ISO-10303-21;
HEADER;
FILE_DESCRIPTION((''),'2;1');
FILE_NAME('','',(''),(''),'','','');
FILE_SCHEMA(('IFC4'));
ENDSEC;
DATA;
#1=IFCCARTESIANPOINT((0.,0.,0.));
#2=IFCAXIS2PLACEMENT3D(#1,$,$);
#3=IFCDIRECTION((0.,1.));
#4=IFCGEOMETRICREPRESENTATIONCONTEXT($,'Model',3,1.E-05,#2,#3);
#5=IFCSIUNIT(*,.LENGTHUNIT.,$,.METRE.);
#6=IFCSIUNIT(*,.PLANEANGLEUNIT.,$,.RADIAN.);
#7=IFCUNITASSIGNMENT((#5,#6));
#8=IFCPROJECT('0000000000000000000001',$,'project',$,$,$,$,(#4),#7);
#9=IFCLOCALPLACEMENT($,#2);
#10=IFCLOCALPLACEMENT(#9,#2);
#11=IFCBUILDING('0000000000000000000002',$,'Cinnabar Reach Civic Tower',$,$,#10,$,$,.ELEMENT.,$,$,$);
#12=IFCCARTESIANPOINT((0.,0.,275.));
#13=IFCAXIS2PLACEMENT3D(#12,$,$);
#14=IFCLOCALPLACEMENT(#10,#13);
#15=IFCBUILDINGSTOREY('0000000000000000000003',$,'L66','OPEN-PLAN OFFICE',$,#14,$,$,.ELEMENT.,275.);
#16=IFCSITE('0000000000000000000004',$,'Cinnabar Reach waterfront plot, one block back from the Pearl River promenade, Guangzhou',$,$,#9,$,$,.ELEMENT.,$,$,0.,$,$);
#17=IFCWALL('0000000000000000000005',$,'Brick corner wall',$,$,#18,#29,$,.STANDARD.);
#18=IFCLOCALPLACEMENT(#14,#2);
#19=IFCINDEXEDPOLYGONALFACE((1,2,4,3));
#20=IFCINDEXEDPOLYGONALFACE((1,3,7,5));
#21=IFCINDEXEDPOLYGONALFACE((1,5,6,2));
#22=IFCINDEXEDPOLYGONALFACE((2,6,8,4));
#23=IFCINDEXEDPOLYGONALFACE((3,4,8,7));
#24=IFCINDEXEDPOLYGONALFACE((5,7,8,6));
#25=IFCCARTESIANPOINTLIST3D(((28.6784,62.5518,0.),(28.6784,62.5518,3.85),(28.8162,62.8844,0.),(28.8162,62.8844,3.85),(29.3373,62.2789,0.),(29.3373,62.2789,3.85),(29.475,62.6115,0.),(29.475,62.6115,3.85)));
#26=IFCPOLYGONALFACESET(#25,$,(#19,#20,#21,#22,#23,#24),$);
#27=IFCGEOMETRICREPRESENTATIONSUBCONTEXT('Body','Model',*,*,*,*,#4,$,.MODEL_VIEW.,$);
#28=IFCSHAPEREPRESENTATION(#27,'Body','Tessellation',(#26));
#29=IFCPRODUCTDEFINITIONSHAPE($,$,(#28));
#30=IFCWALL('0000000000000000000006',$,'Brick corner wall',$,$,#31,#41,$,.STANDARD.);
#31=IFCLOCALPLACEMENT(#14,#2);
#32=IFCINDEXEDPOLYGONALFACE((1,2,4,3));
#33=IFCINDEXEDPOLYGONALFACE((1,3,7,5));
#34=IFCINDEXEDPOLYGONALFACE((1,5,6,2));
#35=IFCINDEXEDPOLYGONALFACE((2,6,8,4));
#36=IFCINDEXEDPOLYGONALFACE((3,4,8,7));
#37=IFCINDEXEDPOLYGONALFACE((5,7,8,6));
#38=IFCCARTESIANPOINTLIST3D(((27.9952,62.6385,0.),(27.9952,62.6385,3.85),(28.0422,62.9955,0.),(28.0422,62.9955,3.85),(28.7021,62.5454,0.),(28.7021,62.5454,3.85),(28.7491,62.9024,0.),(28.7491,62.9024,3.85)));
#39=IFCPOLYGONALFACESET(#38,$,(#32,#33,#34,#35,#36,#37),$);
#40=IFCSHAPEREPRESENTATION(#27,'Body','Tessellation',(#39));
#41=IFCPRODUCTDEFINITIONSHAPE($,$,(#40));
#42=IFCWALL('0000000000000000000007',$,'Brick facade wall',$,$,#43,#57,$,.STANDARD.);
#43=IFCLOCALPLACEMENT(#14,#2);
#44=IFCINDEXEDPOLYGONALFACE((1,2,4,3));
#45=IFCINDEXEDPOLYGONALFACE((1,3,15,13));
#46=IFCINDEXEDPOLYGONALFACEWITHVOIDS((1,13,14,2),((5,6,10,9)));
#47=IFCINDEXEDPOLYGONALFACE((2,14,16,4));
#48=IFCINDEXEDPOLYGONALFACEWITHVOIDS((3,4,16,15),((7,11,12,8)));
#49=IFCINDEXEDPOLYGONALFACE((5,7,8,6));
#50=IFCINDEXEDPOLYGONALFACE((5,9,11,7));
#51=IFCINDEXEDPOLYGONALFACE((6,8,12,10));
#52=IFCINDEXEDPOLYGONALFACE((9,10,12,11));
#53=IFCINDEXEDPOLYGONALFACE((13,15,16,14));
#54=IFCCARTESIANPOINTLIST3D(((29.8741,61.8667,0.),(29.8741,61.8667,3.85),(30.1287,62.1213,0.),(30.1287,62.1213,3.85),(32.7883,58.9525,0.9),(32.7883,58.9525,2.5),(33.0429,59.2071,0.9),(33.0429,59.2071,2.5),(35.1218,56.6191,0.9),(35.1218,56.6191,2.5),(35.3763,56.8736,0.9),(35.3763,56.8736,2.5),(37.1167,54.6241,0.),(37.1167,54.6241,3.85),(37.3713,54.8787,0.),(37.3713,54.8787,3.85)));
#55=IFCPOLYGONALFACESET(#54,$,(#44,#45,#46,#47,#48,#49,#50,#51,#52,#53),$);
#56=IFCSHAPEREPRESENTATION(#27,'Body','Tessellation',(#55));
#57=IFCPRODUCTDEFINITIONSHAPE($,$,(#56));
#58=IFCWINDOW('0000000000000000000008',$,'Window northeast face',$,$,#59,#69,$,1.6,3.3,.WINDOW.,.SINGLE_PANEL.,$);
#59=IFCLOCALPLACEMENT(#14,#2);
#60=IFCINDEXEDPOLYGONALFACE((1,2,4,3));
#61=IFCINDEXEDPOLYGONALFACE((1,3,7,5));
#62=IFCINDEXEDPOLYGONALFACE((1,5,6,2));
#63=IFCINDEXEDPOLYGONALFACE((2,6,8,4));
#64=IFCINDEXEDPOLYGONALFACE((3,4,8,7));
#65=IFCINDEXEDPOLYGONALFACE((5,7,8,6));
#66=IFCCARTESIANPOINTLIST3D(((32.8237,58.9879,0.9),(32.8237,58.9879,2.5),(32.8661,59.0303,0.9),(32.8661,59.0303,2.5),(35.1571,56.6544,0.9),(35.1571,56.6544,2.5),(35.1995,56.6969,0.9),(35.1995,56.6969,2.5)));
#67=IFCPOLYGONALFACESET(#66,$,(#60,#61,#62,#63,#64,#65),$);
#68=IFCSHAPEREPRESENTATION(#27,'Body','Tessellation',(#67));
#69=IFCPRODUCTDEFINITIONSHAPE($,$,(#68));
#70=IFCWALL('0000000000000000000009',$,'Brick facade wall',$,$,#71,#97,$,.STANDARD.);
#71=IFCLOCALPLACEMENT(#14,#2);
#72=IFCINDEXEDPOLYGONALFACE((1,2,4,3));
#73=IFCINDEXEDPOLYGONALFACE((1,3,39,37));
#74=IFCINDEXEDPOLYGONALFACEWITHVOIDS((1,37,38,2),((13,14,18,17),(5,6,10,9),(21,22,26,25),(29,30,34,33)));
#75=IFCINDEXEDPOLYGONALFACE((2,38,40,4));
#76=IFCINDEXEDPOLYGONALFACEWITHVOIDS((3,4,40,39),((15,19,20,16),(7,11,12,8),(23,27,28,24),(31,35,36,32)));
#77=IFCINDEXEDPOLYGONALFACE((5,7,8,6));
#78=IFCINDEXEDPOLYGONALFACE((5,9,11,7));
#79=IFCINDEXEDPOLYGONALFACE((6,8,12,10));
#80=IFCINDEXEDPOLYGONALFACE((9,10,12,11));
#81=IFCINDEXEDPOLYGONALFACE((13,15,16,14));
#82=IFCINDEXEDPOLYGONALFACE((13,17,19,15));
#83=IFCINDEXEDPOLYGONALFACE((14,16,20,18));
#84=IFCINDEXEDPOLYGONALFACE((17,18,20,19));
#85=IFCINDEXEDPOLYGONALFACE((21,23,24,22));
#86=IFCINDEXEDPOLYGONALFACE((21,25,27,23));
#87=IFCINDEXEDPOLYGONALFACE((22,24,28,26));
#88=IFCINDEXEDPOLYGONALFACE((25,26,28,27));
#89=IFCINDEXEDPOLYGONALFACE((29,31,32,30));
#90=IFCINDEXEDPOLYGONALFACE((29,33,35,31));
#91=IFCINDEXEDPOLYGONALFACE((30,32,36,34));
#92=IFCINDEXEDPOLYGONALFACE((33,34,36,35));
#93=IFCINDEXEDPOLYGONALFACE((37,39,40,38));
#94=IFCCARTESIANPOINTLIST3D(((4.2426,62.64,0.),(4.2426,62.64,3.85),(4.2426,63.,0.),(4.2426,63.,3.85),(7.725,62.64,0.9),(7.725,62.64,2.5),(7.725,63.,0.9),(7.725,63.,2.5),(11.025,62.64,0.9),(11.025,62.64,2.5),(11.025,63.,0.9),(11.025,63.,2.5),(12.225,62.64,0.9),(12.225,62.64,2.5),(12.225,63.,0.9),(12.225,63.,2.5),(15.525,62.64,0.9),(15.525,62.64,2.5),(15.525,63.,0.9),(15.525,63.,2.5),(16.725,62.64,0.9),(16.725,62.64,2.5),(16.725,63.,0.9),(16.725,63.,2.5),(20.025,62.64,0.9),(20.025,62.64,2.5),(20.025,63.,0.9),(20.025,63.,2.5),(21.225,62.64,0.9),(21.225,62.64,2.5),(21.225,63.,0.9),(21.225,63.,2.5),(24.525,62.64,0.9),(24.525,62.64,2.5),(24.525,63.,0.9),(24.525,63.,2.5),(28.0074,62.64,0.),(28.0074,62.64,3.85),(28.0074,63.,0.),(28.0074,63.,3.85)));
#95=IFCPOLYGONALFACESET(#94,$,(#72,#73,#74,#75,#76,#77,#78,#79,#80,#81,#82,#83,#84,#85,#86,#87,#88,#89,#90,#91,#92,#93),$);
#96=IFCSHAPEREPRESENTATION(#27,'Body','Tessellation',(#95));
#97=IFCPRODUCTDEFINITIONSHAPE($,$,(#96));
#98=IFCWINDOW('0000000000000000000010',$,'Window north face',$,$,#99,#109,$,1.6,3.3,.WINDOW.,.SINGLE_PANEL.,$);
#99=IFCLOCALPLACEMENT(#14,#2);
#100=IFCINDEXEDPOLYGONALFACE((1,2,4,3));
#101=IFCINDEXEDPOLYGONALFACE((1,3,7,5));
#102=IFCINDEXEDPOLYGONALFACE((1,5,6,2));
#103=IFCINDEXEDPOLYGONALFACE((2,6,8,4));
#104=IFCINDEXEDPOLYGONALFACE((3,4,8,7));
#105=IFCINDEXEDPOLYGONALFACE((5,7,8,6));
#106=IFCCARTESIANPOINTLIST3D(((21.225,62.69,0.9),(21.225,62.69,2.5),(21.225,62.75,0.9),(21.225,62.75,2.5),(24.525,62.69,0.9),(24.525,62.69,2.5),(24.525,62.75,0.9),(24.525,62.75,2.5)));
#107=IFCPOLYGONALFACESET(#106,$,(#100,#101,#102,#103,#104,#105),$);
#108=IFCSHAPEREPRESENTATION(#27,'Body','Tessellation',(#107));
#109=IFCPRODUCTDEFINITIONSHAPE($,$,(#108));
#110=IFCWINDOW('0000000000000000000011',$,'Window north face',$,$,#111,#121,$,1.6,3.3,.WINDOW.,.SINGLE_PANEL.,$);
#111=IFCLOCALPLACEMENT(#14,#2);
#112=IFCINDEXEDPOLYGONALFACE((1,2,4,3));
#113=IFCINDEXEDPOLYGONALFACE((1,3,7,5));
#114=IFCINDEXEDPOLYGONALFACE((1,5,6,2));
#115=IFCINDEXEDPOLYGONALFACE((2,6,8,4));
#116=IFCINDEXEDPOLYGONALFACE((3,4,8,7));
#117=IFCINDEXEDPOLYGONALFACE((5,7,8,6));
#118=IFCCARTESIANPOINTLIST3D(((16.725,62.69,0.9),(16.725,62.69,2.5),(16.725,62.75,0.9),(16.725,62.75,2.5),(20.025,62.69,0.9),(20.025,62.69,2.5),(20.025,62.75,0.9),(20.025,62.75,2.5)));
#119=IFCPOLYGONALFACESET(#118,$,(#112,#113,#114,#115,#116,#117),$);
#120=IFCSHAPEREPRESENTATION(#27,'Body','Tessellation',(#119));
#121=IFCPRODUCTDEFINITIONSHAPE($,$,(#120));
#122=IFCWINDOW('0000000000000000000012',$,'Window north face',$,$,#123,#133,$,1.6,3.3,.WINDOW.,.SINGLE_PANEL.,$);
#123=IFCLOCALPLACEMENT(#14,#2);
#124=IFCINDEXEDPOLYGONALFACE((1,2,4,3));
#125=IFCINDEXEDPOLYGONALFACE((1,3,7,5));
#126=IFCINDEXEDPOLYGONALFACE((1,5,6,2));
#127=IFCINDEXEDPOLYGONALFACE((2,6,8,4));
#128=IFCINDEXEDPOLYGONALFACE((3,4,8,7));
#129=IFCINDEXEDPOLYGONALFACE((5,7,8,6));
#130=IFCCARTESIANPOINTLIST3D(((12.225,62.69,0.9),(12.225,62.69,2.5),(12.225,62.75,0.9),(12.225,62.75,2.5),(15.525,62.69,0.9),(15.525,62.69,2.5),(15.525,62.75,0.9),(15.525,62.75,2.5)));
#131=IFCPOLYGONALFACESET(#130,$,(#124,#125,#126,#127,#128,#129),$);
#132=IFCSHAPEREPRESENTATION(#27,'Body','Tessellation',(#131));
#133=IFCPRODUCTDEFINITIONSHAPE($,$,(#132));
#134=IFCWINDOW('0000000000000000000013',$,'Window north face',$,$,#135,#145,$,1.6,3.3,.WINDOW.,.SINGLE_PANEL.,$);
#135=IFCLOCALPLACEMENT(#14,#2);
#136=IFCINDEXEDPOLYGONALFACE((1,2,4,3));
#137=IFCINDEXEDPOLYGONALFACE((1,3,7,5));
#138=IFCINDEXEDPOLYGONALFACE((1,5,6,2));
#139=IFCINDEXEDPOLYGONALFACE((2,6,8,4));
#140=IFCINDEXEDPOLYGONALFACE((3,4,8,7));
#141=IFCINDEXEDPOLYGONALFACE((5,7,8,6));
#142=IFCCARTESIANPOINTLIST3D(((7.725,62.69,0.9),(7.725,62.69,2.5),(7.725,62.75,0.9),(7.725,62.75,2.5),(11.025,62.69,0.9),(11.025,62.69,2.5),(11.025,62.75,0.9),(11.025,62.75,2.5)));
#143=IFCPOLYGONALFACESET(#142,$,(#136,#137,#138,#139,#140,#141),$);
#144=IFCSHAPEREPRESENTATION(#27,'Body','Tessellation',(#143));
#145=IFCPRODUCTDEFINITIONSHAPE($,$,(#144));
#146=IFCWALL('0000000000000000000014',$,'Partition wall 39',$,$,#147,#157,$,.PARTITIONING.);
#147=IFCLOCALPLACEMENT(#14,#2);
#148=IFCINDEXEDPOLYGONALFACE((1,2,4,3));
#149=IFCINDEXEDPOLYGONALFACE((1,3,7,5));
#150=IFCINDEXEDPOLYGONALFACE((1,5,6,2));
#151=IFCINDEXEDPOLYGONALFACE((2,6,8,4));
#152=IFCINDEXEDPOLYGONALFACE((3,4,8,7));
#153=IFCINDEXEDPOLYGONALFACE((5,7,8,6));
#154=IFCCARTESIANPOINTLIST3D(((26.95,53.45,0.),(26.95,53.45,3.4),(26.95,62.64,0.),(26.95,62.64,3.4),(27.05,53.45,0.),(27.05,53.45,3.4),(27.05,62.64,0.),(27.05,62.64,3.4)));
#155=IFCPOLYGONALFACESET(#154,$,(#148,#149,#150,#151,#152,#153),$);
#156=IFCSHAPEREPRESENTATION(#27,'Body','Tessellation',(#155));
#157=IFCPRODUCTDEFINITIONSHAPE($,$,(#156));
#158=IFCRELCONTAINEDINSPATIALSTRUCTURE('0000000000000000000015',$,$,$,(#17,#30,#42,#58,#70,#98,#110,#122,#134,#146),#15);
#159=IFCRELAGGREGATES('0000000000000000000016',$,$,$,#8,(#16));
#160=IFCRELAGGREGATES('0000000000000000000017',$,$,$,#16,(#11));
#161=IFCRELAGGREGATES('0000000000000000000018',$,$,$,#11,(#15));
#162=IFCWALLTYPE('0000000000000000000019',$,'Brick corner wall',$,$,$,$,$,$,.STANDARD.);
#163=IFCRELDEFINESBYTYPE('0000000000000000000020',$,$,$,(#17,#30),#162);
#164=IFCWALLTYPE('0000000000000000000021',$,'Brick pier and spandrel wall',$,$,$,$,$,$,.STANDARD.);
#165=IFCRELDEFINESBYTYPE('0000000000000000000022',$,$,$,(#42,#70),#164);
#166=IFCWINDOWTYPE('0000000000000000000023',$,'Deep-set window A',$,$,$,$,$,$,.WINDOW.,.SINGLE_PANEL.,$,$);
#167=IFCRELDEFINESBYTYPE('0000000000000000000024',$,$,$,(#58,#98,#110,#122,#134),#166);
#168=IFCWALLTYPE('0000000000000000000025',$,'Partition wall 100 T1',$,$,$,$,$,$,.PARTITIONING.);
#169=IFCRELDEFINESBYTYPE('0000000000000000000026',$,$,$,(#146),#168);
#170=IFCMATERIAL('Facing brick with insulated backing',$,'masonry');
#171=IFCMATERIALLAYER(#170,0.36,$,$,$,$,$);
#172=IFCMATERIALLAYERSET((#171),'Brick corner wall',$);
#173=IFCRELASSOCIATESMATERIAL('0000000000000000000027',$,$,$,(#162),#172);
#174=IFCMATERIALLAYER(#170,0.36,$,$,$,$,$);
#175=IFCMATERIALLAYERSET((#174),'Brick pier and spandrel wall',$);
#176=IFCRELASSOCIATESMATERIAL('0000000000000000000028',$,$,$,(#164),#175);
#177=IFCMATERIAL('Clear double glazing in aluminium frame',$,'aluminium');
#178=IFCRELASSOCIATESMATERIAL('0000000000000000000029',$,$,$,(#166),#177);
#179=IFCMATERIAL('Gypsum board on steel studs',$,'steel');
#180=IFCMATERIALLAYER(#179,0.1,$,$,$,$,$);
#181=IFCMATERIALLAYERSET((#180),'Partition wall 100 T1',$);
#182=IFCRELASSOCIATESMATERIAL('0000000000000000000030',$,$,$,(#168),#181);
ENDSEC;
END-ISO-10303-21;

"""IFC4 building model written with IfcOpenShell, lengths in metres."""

from ifc_helpers import new_model, si_unit, direction, frame, frame_2d, origin, place, context, subcontext, project, spatial, rectangle, extrude, material, layer, layer_set, type_object, element, fill, save


model = new_model("IFC4")

# Units and contexts
model_context = context("Model", 3, precision=1e-05, world=origin(), true_north=direction((0.0, 1.0)))
body_context = subcontext(model_context, "Body", "Model", "MODEL_VIEW")
ifc_project = project(units=[si_unit("LENGTHUNIT", "METRE"), si_unit("PLANEANGLEUNIT", "RADIAN")], contexts=[model_context])

# Site, building, storey
site_placement = place(None, origin())
site = spatial("IfcSite", under=ifc_project, at=site_placement, Name="Cinnabar Reach waterfront plot, one block back from the Pearl River promenade, Guangzhou", CompositionType="ELEMENT", RefElevation=0.0)
building_placement = place(site_placement, origin())
building = spatial("IfcBuilding", under=site, at=building_placement, Name="Cinnabar Reach Civic Tower", CompositionType="ELEMENT")
storey_placement = place(building_placement, frame((0.0, 0.0, 275.0)))
storey = spatial("IfcBuildingStorey", under=building, at=storey_placement, Name="L66", Description="OPEN-PLAN OFFICE", CompositionType="ELEMENT", Elevation=275.0)

# Walls
ifc_material_1 = material(Name="Facing brick with insulated backing", Category="masonry")
ifc_layer_1 = layer(ifc_material_1, 0.36)
ifc_layer_set_1 = layer_set([ifc_layer_1], Name="Brick corner wall")
wall_type_1 = type_object("IfcWallType", Name="Brick corner wall", PredefinedType="STANDARD", material=ifc_layer_set_1)
for number, where, z_axis, x_axis, name in (
    (1, (29.4061, 62.4452, 0.0), (0.0, 0.0, 1.0), (-0.923872, 0.382703, 0.0), "Brick corner wall"),
    (2, (28.7256, 62.7239, 0.0), (0.0, 0.0, 1.0), (-0.991441, 0.130556, 0.0), "Brick corner wall"),
):
    element("IfcWall", number, at=place(storey_placement, frame(where, z_axis=z_axis, x_axis=x_axis)), inside=storey, type_object=wall_type_1, Name=name, PredefinedType="STANDARD", context=body_context, shape_type="SweptSolid", body=[
        extrude(rectangle(XDim=0.7131, YDim=0.36, at=frame_2d((0.3565, 0.0))), origin(), (0.0, 0.0, 1.0), 3.85),
    ])

# Wall, opening, window
ifc_layer_2 = layer(ifc_material_1, 0.36)
ifc_layer_set_2 = layer_set([ifc_layer_2], Name="Brick pier and spandrel wall")
wall_type_2 = type_object("IfcWallType", Name="Brick pier and spandrel wall", PredefinedType="STANDARD", material=ifc_layer_set_2)
wall_1_placement = place(storey_placement, frame((37.244, 54.7514, 0.0), z_axis=(0.0, 0.0, 1.0), x_axis=(-0.707107, 0.707107, 0.0)))
wall_1 = element("IfcWall", 3, at=wall_1_placement, inside=storey, type_object=wall_type_2, Name="Brick facade wall", PredefinedType="STANDARD", context=body_context, shape_type="SweptSolid", body=[
    extrude(rectangle(XDim=10.2426, YDim=0.36, at=frame_2d((5.1213, 0.0))), origin(), (0.0, 0.0, 1.0), 3.85),
])
opening_1_placement = place(wall_1_placement, frame((2.8213, 0.0, 0.9)))
opening_1 = element("IfcOpeningElement", 4, at=opening_1_placement, cuts=wall_1, PredefinedType="OPENING", context=body_context, shape_type="SweptSolid", body=[
    extrude(rectangle(XDim=3.3, YDim=1.6, at=frame_2d((1.65, 0.8))), frame((0.0, 0.19, 0.0), z_axis=(0.0, -1.0, 0.0), x_axis=(1.0, 0.0, 0.0)), (0.0, 0.0, 1.0), 0.38),
])
ifc_material_2 = material(Name="Clear double glazing in aluminium frame", Category="aluminium")
window_type = type_object("IfcWindowType", Name="Deep-set window A", PartitioningType="SINGLE_PANEL", PredefinedType="WINDOW", material=ifc_material_2)
window_1_placement = place(opening_1_placement, origin())
window_1 = element("IfcWindow", 5, at=window_1_placement, inside=storey, type_object=window_type, Name="Window northeast face", OverallHeight=1.6, OverallWidth=3.3, PartitioningType="SINGLE_PANEL", PredefinedType="WINDOW", context=body_context, shape_type="SweptSolid", body=[
    extrude(rectangle(XDim=3.3, YDim=1.6, at=frame_2d((1.65, 0.8))), frame((0.0, 0.13, 0.0), z_axis=(0.0, -1.0, 0.0), x_axis=(1.0, 0.0, 0.0)), (0.0, 0.0, 1.0), 0.06),
])
fill(opening_1, window_1)

# Wall, openings, windows
wall_2_placement = place(storey_placement, frame((28.0074, 62.82, 0.0), z_axis=(0.0, 0.0, 1.0), x_axis=(-1.0, 0.0, 0.0)))
wall_2 = element("IfcWall", 6, at=wall_2_placement, inside=storey, type_object=wall_type_2, Name="Brick facade wall", PredefinedType="STANDARD", context=body_context, shape_type="SweptSolid", body=[
    extrude(rectangle(XDim=23.7648, YDim=0.36, at=frame_2d((11.8824, 0.0))), origin(), (0.0, 0.0, 1.0), 3.85),
])
opening_2_placement = place(wall_2_placement, frame((3.4824, 0.0, 0.9)))
opening_2 = element("IfcOpeningElement", 7, at=opening_2_placement, cuts=wall_2, PredefinedType="OPENING", context=body_context, shape_type="SweptSolid", body=[
    extrude(rectangle(XDim=3.3, YDim=1.6, at=frame_2d((1.65, 0.8))), frame((0.0, 0.19, 0.0), z_axis=(0.0, -1.0, 0.0), x_axis=(1.0, 0.0, 0.0)), (0.0, 0.0, 1.0), 0.38),
])
opening_3_placement = place(wall_2_placement, frame((7.9824, 0.0, 0.9)))
opening_3 = element("IfcOpeningElement", 8, at=opening_3_placement, cuts=wall_2, PredefinedType="OPENING", context=body_context, shape_type="SweptSolid", body=[
    extrude(rectangle(XDim=3.3, YDim=1.6, at=frame_2d((1.65, 0.8))), frame((0.0, 0.19, 0.0), z_axis=(0.0, -1.0, 0.0), x_axis=(1.0, 0.0, 0.0)), (0.0, 0.0, 1.0), 0.38),
])
opening_4_placement = place(wall_2_placement, frame((12.4824, 0.0, 0.9)))
opening_4 = element("IfcOpeningElement", 9, at=opening_4_placement, cuts=wall_2, PredefinedType="OPENING", context=body_context, shape_type="SweptSolid", body=[
    extrude(rectangle(XDim=3.3, YDim=1.6, at=frame_2d((1.65, 0.8))), frame((0.0, 0.19, 0.0), z_axis=(0.0, -1.0, 0.0), x_axis=(1.0, 0.0, 0.0)), (0.0, 0.0, 1.0), 0.38),
])
opening_5_placement = place(wall_2_placement, frame((16.9824, 0.0, 0.9)))
opening_5 = element("IfcOpeningElement", 10, at=opening_5_placement, cuts=wall_2, PredefinedType="OPENING", context=body_context, shape_type="SweptSolid", body=[
    extrude(rectangle(XDim=3.3, YDim=1.6, at=frame_2d((1.65, 0.8))), frame((0.0, 0.19, 0.0), z_axis=(0.0, -1.0, 0.0), x_axis=(1.0, 0.0, 0.0)), (0.0, 0.0, 1.0), 0.38),
])
window_2_placement = place(opening_2_placement, origin())
window_2 = element("IfcWindow", 11, at=window_2_placement, inside=storey, type_object=window_type, Name="Window north face", OverallHeight=1.6, OverallWidth=3.3, PartitioningType="SINGLE_PANEL", PredefinedType="WINDOW", context=body_context, shape_type="SweptSolid", body=[
    extrude(rectangle(XDim=3.3, YDim=1.6, at=frame_2d((1.65, 0.8))), frame((0.0, 0.13, 0.0), z_axis=(0.0, -1.0, 0.0), x_axis=(1.0, 0.0, 0.0)), (0.0, 0.0, 1.0), 0.06),
])
fill(opening_2, window_2)
window_3_placement = place(opening_3_placement, origin())
window_3 = element("IfcWindow", 12, at=window_3_placement, inside=storey, type_object=window_type, Name="Window north face", OverallHeight=1.6, OverallWidth=3.3, PartitioningType="SINGLE_PANEL", PredefinedType="WINDOW", context=body_context, shape_type="SweptSolid", body=[
    extrude(rectangle(XDim=3.3, YDim=1.6, at=frame_2d((1.65, 0.8))), frame((0.0, 0.13, 0.0), z_axis=(0.0, -1.0, 0.0), x_axis=(1.0, 0.0, 0.0)), (0.0, 0.0, 1.0), 0.06),
])
fill(opening_3, window_3)
window_4_placement = place(opening_4_placement, origin())
window_4 = element("IfcWindow", 13, at=window_4_placement, inside=storey, type_object=window_type, Name="Window north face", OverallHeight=1.6, OverallWidth=3.3, PartitioningType="SINGLE_PANEL", PredefinedType="WINDOW", context=body_context, shape_type="SweptSolid", body=[
    extrude(rectangle(XDim=3.3, YDim=1.6, at=frame_2d((1.65, 0.8))), frame((0.0, 0.13, 0.0), z_axis=(0.0, -1.0, 0.0), x_axis=(1.0, 0.0, 0.0)), (0.0, 0.0, 1.0), 0.06),
])
fill(opening_4, window_4)
window_5_placement = place(opening_5_placement, origin())
window_5 = element("IfcWindow", 14, at=window_5_placement, inside=storey, type_object=window_type, Name="Window north face", OverallHeight=1.6, OverallWidth=3.3, PartitioningType="SINGLE_PANEL", PredefinedType="WINDOW", context=body_context, shape_type="SweptSolid", body=[
    extrude(rectangle(XDim=3.3, YDim=1.6, at=frame_2d((1.65, 0.8))), frame((0.0, 0.13, 0.0), z_axis=(0.0, -1.0, 0.0), x_axis=(1.0, 0.0, 0.0)), (0.0, 0.0, 1.0), 0.06),
])
fill(opening_5, window_5)

# Wall
ifc_material_3 = material(Name="Gypsum board on steel studs", Category="steel")
ifc_layer_3 = layer(ifc_material_3, 0.1)
ifc_layer_set_3 = layer_set([ifc_layer_3], Name="Partition wall 100 T1")
wall_type_3 = type_object("IfcWallType", Name="Partition wall 100 T1", PredefinedType="PARTITIONING", material=ifc_layer_set_3)
wall_3_placement = place(storey_placement, frame((27.0, 53.45, 0.0), z_axis=(0.0, 0.0, 1.0), x_axis=(0.0, 1.0, 0.0)))
element("IfcWall", 15, at=wall_3_placement, inside=storey, type_object=wall_type_3, Name="Partition wall 39", PredefinedType="PARTITIONING", context=body_context, shape_type="SweptSolid", body=[
    extrude(rectangle(XDim=9.19, YDim=0.1, at=frame_2d((4.595, 0.0))), origin(), (0.0, 0.0, 1.0), 3.4),
])

save(model, "model.ifc")
